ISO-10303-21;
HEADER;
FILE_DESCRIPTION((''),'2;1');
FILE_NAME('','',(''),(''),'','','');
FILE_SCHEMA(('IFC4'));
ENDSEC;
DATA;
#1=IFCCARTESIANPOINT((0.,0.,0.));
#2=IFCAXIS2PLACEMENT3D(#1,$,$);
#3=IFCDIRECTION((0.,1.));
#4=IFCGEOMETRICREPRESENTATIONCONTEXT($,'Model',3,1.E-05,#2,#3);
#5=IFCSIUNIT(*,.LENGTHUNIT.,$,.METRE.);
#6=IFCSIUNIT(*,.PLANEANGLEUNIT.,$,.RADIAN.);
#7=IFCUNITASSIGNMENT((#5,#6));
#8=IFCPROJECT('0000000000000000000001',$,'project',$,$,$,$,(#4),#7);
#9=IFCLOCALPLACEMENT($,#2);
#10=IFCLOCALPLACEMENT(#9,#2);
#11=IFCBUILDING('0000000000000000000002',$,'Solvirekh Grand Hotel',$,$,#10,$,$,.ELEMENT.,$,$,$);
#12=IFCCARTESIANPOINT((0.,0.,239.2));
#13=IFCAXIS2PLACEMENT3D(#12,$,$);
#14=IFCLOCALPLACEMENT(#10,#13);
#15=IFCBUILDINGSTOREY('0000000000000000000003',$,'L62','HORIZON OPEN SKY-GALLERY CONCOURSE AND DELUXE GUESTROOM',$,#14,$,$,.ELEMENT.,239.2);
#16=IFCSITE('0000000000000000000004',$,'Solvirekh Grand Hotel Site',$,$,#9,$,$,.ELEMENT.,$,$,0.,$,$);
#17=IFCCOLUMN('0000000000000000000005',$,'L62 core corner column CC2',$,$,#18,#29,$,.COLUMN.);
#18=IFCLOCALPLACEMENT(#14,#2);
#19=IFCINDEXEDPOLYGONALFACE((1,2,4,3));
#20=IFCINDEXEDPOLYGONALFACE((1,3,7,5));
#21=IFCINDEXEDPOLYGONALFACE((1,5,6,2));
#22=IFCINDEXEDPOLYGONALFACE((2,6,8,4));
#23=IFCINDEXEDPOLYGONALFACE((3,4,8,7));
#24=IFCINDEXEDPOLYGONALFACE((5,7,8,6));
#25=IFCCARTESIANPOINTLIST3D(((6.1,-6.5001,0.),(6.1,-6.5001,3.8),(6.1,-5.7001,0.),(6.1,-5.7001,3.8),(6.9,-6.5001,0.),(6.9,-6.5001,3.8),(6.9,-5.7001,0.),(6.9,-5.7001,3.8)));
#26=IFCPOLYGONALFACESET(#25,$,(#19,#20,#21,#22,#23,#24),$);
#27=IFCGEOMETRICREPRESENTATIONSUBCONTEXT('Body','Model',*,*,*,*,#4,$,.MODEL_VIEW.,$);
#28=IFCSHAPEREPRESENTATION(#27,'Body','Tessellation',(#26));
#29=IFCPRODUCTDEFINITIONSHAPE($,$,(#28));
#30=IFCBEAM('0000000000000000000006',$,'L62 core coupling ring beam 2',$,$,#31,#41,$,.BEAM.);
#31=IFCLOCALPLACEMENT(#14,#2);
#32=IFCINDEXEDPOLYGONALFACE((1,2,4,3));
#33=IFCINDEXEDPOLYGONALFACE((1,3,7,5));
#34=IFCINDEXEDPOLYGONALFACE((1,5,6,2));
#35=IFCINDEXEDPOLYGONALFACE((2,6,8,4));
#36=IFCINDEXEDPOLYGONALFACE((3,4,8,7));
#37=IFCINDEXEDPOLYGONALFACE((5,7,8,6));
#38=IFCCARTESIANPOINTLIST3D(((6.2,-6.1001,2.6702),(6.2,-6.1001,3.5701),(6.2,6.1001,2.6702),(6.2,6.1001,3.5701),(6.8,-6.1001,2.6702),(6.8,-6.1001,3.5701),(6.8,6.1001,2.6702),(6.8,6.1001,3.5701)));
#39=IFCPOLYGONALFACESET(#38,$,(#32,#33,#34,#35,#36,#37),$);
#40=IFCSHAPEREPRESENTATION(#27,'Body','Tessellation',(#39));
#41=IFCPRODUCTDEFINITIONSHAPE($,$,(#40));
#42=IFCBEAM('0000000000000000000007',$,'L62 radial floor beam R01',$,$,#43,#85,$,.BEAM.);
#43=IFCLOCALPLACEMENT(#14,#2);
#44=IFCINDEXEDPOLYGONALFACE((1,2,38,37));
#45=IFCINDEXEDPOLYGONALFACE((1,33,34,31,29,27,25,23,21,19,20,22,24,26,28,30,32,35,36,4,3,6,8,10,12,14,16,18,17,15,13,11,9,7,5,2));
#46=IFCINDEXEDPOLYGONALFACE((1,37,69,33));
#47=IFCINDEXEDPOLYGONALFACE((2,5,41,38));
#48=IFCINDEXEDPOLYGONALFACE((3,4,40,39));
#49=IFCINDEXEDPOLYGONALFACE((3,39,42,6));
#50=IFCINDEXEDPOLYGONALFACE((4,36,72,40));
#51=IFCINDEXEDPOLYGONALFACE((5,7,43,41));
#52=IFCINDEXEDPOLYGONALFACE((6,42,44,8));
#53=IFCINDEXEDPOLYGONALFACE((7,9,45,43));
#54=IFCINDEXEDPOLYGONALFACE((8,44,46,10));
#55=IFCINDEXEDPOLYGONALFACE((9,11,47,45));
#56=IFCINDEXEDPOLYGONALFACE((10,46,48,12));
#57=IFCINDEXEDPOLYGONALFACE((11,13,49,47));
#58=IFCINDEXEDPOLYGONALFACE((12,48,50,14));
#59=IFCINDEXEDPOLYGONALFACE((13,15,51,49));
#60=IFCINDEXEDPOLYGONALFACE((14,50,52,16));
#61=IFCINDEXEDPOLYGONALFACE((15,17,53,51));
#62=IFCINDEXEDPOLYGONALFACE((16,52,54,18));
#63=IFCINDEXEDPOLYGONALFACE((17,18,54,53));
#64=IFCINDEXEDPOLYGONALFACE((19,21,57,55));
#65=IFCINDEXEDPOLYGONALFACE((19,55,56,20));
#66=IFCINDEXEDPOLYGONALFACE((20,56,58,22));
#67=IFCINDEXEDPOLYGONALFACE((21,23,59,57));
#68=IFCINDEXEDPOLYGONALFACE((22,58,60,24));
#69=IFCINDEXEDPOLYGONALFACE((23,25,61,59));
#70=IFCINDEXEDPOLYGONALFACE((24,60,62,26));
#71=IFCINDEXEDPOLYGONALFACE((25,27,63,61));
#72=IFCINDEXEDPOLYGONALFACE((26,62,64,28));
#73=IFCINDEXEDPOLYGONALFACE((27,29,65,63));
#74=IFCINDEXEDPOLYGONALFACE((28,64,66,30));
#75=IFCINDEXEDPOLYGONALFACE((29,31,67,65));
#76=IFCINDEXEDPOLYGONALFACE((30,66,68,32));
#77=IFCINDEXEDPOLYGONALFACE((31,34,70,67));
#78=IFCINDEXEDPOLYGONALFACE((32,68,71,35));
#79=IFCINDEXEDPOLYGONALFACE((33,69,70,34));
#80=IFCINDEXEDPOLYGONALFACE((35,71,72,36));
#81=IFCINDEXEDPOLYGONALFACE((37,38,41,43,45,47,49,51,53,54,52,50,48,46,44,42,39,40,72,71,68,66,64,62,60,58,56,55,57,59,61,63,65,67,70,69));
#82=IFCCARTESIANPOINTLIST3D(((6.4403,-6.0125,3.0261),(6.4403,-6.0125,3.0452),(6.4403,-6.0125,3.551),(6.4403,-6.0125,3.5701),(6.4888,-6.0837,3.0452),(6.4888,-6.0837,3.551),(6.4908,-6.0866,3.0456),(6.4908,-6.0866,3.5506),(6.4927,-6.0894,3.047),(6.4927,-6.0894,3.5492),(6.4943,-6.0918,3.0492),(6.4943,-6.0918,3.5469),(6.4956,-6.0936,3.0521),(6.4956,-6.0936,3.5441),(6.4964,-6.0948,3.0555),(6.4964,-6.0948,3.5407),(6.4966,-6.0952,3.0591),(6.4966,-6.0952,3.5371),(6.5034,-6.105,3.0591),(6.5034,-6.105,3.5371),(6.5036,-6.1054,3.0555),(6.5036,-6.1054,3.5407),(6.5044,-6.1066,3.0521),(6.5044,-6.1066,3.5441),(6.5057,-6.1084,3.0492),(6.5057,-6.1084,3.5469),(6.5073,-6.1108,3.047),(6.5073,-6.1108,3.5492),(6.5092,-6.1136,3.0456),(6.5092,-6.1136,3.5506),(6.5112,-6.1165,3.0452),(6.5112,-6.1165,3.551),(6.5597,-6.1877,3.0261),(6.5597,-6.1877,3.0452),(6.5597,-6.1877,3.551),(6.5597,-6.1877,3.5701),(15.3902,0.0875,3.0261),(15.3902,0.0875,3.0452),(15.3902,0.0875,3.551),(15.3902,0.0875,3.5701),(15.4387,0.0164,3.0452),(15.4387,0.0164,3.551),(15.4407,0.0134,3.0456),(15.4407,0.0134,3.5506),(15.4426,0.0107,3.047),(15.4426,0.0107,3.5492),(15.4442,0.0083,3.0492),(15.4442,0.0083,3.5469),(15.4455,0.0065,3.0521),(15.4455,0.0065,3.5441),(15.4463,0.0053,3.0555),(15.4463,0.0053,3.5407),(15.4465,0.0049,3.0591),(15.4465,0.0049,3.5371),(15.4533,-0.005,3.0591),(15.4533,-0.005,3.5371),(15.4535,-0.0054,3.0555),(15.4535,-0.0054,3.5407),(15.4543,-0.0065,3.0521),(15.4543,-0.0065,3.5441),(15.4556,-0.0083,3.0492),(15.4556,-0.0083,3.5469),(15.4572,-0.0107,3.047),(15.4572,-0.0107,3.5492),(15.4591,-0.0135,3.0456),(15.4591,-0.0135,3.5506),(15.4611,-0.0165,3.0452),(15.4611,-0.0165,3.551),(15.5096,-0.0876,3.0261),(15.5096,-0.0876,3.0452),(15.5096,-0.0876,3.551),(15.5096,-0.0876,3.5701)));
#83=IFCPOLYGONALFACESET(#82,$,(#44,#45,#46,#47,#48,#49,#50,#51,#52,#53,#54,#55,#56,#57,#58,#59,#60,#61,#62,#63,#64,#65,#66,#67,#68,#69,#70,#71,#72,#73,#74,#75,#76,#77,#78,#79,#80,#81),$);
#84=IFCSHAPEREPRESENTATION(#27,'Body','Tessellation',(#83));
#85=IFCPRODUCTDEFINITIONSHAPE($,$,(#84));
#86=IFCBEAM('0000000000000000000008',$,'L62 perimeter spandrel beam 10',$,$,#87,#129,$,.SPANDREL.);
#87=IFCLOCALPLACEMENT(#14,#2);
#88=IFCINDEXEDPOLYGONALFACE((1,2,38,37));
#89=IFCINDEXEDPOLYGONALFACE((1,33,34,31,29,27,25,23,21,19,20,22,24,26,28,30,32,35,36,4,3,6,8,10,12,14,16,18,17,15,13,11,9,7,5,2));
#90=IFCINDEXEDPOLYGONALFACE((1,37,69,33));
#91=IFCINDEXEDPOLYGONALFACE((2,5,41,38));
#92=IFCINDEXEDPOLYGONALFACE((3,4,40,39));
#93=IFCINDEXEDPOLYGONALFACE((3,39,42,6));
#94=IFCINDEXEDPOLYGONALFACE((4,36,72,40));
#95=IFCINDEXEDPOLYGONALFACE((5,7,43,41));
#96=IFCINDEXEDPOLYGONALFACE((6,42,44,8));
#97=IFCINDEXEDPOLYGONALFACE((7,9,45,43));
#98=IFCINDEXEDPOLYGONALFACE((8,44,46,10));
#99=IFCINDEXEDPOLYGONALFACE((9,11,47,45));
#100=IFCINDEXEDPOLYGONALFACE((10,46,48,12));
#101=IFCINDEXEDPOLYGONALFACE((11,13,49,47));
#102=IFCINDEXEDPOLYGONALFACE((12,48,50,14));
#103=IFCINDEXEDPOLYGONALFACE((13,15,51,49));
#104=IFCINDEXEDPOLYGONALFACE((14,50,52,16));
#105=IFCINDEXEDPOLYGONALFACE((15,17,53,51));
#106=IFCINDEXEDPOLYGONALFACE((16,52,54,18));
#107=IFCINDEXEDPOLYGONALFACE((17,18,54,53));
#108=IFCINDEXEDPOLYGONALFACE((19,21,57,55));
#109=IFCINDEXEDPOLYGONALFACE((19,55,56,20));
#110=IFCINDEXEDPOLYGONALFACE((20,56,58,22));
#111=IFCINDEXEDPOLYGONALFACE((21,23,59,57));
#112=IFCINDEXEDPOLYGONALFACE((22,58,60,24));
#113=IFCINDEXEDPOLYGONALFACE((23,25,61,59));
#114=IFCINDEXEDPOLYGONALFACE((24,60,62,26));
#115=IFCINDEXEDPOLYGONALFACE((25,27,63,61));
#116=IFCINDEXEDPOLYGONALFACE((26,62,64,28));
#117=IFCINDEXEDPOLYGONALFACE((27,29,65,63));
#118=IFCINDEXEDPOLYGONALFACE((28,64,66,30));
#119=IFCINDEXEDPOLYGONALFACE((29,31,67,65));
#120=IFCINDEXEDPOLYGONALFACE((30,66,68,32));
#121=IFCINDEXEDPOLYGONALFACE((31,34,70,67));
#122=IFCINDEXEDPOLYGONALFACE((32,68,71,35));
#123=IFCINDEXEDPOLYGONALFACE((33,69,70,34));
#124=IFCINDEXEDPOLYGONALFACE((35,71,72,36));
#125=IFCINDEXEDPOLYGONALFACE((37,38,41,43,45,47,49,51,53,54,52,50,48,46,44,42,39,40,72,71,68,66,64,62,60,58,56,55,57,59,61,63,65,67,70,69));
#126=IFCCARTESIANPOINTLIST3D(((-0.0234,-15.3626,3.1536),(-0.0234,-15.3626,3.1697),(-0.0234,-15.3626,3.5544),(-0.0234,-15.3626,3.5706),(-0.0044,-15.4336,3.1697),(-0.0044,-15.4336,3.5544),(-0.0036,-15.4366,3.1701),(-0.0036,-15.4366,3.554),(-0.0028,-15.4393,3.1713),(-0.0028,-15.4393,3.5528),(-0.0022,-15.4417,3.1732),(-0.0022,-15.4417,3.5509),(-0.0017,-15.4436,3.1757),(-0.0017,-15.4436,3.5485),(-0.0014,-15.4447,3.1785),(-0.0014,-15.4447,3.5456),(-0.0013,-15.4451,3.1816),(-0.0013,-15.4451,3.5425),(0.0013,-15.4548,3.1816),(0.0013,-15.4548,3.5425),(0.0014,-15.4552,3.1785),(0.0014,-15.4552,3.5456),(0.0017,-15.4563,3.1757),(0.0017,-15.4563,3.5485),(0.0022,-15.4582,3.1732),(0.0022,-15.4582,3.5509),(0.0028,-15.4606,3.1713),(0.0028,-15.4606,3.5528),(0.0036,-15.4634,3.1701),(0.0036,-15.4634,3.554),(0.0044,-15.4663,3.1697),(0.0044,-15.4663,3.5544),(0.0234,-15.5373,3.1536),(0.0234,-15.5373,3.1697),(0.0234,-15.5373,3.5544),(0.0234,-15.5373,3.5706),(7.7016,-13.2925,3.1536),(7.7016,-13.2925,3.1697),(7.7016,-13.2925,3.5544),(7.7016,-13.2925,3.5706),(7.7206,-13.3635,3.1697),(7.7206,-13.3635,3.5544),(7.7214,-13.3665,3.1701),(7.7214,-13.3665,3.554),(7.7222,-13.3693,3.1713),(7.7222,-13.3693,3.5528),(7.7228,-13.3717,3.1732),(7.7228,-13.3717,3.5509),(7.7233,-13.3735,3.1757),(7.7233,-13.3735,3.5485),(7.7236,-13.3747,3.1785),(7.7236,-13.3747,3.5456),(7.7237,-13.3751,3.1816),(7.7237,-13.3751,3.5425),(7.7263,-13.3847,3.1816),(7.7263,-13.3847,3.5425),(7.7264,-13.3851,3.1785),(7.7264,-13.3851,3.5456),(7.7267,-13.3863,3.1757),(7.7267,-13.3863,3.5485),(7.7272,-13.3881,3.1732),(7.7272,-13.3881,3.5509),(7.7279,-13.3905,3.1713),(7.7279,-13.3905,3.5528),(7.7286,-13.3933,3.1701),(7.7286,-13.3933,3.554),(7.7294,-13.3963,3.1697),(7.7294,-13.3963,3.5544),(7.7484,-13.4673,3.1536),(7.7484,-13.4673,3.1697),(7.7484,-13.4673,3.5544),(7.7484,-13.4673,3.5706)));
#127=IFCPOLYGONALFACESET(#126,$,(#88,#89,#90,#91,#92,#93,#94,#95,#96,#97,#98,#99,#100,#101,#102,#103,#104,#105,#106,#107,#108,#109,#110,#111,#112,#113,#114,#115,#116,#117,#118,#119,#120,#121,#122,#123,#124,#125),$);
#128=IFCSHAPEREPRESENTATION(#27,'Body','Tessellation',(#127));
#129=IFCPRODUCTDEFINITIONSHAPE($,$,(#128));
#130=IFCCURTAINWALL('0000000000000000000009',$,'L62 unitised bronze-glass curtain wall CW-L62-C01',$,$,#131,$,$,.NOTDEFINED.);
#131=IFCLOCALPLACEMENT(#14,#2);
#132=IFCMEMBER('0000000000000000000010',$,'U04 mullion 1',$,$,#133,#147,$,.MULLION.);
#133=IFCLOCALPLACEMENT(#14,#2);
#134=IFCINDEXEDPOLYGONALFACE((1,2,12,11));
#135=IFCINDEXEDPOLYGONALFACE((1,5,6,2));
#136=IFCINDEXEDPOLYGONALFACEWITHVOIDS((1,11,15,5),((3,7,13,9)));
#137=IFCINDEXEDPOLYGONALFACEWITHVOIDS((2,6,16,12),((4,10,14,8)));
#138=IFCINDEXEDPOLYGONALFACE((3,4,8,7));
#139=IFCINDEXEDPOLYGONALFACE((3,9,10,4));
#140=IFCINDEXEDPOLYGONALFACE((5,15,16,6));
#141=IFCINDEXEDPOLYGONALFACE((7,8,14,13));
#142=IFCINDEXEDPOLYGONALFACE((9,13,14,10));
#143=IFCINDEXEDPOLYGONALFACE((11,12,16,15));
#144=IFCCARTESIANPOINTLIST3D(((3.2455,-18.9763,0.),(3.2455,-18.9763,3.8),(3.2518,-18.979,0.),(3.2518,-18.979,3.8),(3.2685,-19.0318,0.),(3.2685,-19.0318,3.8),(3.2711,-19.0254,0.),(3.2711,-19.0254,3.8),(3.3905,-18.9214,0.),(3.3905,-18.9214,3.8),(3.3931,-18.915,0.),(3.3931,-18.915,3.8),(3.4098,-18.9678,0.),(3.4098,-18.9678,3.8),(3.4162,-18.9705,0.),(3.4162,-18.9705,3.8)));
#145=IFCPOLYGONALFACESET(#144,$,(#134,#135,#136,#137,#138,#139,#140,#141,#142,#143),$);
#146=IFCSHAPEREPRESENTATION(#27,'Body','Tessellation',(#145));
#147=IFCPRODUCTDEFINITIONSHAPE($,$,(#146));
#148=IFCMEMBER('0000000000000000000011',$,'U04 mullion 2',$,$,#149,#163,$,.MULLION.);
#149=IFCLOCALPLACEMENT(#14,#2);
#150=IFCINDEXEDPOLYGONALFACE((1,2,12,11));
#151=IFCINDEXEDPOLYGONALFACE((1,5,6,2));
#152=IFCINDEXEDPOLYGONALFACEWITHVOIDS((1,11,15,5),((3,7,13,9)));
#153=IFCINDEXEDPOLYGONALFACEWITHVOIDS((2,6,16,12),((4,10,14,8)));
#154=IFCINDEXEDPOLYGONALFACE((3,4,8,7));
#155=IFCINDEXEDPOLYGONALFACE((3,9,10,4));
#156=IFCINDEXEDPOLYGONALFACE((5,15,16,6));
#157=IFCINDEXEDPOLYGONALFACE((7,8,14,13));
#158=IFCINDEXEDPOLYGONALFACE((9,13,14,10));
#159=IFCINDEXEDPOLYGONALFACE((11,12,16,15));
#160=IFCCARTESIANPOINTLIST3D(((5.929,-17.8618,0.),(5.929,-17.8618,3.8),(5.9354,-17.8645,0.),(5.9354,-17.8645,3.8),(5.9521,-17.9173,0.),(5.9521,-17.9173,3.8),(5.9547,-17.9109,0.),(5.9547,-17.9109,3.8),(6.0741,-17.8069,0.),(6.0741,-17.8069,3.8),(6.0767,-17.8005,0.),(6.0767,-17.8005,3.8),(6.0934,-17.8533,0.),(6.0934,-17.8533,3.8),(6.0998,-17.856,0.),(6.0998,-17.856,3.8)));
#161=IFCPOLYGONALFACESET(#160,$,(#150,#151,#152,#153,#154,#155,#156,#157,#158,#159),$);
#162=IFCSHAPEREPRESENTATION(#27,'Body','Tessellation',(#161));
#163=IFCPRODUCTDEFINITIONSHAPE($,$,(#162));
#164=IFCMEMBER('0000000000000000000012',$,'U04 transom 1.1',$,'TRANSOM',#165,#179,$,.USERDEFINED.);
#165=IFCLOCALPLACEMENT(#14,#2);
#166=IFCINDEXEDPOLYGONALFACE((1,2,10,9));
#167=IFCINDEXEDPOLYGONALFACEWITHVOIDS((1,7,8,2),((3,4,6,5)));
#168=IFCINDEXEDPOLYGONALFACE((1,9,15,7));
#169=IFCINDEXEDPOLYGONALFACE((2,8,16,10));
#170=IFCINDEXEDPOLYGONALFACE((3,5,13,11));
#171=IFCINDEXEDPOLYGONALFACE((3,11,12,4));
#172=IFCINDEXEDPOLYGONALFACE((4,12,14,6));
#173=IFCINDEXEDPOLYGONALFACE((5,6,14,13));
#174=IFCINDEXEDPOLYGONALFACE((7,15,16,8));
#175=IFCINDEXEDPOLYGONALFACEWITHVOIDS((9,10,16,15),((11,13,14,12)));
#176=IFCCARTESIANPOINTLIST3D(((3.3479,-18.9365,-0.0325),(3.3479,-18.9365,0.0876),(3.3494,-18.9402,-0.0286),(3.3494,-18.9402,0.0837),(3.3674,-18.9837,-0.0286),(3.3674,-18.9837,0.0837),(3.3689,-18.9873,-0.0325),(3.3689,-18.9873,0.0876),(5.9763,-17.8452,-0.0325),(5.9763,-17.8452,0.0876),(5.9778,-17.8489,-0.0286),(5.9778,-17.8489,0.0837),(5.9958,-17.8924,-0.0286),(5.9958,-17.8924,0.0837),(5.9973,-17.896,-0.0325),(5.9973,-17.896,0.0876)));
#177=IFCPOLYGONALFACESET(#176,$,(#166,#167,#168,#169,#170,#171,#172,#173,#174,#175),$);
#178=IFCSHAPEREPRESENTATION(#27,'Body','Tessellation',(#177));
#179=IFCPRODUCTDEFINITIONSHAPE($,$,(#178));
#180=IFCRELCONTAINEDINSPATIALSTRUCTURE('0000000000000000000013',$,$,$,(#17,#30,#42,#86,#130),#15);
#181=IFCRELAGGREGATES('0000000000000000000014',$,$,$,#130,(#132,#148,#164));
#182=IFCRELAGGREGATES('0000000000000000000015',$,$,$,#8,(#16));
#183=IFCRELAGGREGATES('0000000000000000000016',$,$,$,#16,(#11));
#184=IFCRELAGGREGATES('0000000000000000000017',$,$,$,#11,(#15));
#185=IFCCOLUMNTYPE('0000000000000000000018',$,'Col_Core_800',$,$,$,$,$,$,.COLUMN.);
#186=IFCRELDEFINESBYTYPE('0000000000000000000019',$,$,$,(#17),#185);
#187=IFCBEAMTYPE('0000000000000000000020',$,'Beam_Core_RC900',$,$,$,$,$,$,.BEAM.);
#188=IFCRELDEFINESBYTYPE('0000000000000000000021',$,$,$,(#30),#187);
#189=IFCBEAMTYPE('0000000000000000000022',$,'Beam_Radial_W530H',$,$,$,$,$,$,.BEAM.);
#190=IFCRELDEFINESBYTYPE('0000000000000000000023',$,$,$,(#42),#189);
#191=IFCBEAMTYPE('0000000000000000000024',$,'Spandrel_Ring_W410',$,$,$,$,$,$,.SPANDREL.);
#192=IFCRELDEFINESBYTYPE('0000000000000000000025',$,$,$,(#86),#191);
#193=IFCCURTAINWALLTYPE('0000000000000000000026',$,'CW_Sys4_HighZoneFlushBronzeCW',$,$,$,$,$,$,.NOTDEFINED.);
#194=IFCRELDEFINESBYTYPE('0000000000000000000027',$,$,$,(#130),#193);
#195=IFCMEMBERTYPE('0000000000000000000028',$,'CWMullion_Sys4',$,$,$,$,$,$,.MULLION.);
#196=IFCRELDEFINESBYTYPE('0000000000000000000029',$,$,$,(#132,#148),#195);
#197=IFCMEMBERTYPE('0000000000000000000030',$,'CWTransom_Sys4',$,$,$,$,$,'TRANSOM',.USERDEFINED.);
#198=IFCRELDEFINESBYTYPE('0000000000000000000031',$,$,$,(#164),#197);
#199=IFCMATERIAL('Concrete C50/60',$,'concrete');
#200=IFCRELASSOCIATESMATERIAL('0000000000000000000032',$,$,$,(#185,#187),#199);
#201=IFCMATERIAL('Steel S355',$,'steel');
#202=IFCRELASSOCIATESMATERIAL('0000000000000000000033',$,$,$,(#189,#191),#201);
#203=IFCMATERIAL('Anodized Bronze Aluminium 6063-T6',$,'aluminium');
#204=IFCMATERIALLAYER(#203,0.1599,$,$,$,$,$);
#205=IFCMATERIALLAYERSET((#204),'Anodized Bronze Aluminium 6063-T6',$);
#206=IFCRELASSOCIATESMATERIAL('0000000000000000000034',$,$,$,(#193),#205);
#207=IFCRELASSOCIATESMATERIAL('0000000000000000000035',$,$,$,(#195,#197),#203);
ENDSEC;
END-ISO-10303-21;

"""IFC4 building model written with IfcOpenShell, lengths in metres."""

from ifc_helpers import new_model, si_unit, direction, frame, origin, origin_2d, place, context, subcontext, project, spatial, rectangle, hollow_rectangle, i_section, extrude, source, transform, mapped, material, layer, layer_set, material_profile, profile_set, type_object, element, aggregate, save


model = new_model("IFC4")

# Units and contexts
model_context = context("Model", 3, precision=1e-05, world=origin(), true_north=direction((0.0, 1.0)))
body_context = subcontext(model_context, "Body", "Model", "MODEL_VIEW")
ifc_project = project(units=[si_unit("LENGTHUNIT", "METRE"), si_unit("PLANEANGLEUNIT", "RADIAN")], contexts=[model_context])

# Site, building, storey
site_placement = place(None, origin())
site = spatial("IfcSite", under=ifc_project, at=site_placement, Name="Solvirekh Grand Hotel Site", CompositionType="ELEMENT", RefElevation=0.0)
building_placement = place(site_placement, origin())
building = spatial("IfcBuilding", under=site, at=building_placement, Name="Solvirekh Grand Hotel", CompositionType="ELEMENT")
storey_placement = place(building_placement, frame((0.0, 0.0, 239.2)))
storey = spatial("IfcBuildingStorey", under=building, at=storey_placement, Name="L62", Description="HORIZON OPEN SKY-GALLERY CONCOURSE AND DELUXE GUESTROOM", CompositionType="ELEMENT", Elevation=239.2)

# Column
ifc_material_1 = material(Name="Concrete C50/60", Category="concrete")
ifc_material_profile_1 = material_profile(ifc_material_1, rectangle(XDim=0.8, YDim=0.8, at=origin_2d()), Name="RC 800X800")
ifc_profile_set_1 = profile_set([ifc_material_profile_1], Name="Concrete C50/60")
column_type = type_object("IfcColumnType", Name="Col_Core_800", PredefinedType="COLUMN", material=ifc_profile_set_1)
column_placement = place(storey_placement, frame((6.5, -6.1001, 0.0), z_axis=(0.0, 0.0, 1.0), x_axis=(1.0, 0.0, 0.0)))
element("IfcColumn", 1, at=column_placement, inside=storey, type_object=column_type, Name="L62 core corner column CC2", PredefinedType="COLUMN", context=body_context, shape_type="SweptSolid", body=[
    extrude(rectangle(XDim=0.8, YDim=0.8, at=origin_2d()), origin(), (0.0, 0.0, 1.0), 3.8),
])

# Beams
ifc_material_profile_2 = material_profile(ifc_material_1, rectangle(XDim=0.6001, YDim=0.8999, at=origin_2d()), Name="RC BEAM 600X900")
ifc_profile_set_2 = profile_set([ifc_material_profile_2], Name="Concrete C50/60")
beam_type_1 = type_object("IfcBeamType", Name="Beam_Core_RC900", PredefinedType="BEAM", material=ifc_profile_set_2)
beam_1_placement = place(storey_placement, frame((6.5, -6.1001, 3.1201), z_axis=(0.0, 1.0, 0.0), x_axis=(-1.0, 0.0, 0.0)))
element("IfcBeam", 2, at=beam_1_placement, inside=storey, type_object=beam_type_1, Name="L62 core coupling ring beam 2", PredefinedType="BEAM", context=body_context, shape_type="SweptSolid", body=[
    extrude(rectangle(XDim=0.6001, YDim=0.8999, at=origin_2d()), origin(), (0.0, 0.0, 1.0), 12.2002),
])
ifc_material_2 = material(Name="Steel S355", Category="steel")
ifc_material_profile_3 = material_profile(ifc_material_2, i_section(OverallWidth=0.2119, OverallDepth=0.5439, WebThickness=0.012, FlangeThickness=0.019, FilletRadius=0.0139, at=origin_2d()), Name="W530X123")
ifc_profile_set_3 = profile_set([ifc_material_profile_3], Name="Steel S355")
beam_type_2 = type_object("IfcBeamType", Name="Beam_Radial_W530H", PredefinedType="BEAM", material=ifc_profile_set_3)
beam_2_placement = place(storey_placement, frame((6.5, -6.1001, 3.2981), z_axis=(0.826319, 0.563202, 0.0), x_axis=(-0.563202, 0.826319, 0.0)))
element("IfcBeam", 3, at=beam_2_placement, inside=storey, type_object=beam_type_2, Name="L62 radial floor beam R01", PredefinedType="BEAM", context=body_context, shape_type="SweptSolid", body=[
    extrude(i_section(OverallWidth=0.2119, OverallDepth=0.5439, WebThickness=0.012, FlangeThickness=0.019, FilletRadius=0.0139, at=origin_2d()), origin(), (0.0, 0.0, 1.0), 10.8311),
])
ifc_material_profile_4 = material_profile(ifc_material_2, i_section(OverallWidth=0.1809, OverallDepth=0.417, WebThickness=0.01, FlangeThickness=0.0161, FilletRadius=0.012, at=origin_2d()), Name="W410X85")
ifc_profile_set_4 = profile_set([ifc_material_profile_4], Name="Steel S355")
beam_type_3 = type_object("IfcBeamType", Name="Spandrel_Ring_W410", PredefinedType="SPANDREL", material=ifc_profile_set_4)
beam_3_placement = place(storey_placement, frame((0.0, -15.45, 3.3621), z_axis=(0.965922, 0.258835, 0.0), x_axis=(-0.258835, 0.965922, 0.0)))
element("IfcBeam", 4, at=beam_3_placement, inside=storey, type_object=beam_type_3, Name="L62 perimeter spandrel beam 10", PredefinedType="SPANDREL", context=body_context, shape_type="SweptSolid", body=[
    extrude(i_section(OverallWidth=0.1809, OverallDepth=0.417, WebThickness=0.01, FlangeThickness=0.0161, FilletRadius=0.012, at=origin_2d()), origin(), (0.0, 0.0, 1.0), 7.9976),
])

# Curtain wall, members
ifc_material_3 = material(Name="Anodized Bronze Aluminium 6063-T6", Category="aluminium")
ifc_layer_1 = layer(ifc_material_3, 0.1599)
ifc_layer_set_1 = layer_set([ifc_layer_1], Name="Anodized Bronze Aluminium 6063-T6")
curtain_wall_type = type_object("IfcCurtainWallType", Name="CW_Sys4_HighZoneFlushBronzeCW", PredefinedType="NOTDEFINED", material=ifc_layer_set_1)
curtain_wall_placement = place(storey_placement, origin())
curtain_wall = element("IfcCurtainWall", 5, at=curtain_wall_placement, inside=storey, type_object=curtain_wall_type, Name="L62 unitised bronze-glass curtain wall CW-L62-C01", PredefinedType="NOTDEFINED")
ifc_material_profile_5 = material_profile(ifc_material_3, hollow_rectangle(XDim=0.0601, YDim=0.1599, WallThickness=0.0049, at=origin_2d()), Name="ALU RHS 160X60X5")
ifc_profile_set_5 = profile_set([ifc_material_profile_5], Name="Anodized Bronze Aluminium 6063-T6")
member_type_1 = type_object("IfcMemberType", Name="CWMullion_Sys4", PredefinedType="MULLION", material=ifc_profile_set_5)
shared_shape_1 = source(origin(), body_context, "Body", "SweptSolid", [
    extrude(hollow_rectangle(XDim=0.0601, YDim=0.1599, WallThickness=0.0049, at=origin_2d()), origin(), (0.0, 0.0, 1.0), 3.8),
])
member_1_placement = place(storey_placement, frame((3.3308, -18.9734, 0.0), z_axis=(0.0, 0.0, 1.0), x_axis=(-0.383515, 0.923535, 0.0)))
member_1 = element("IfcMember", 6, at=member_1_placement, type_object=member_type_1, Name="U04 mullion 1", PredefinedType="MULLION", context=body_context, shape_type="MappedRepresentation", body=[
    mapped(shared_shape_1, transform((0.0, 0.0, 0.0), x_axis=(1.0, 0.0, 0.0), y_axis=(0.0, 1.0, 0.0), z_axis=(0.0, 0.0, 1.0), scale=1.0)),
])
member_2_placement = place(storey_placement, frame((6.0144, -17.8589, 0.0), z_axis=(0.0, 0.0, 1.0), x_axis=(-0.383515, 0.923535, 0.0)))
member_2 = element("IfcMember", 7, at=member_2_placement, type_object=member_type_1, Name="U04 mullion 2", PredefinedType="MULLION", context=body_context, shape_type="MappedRepresentation", body=[
    mapped(shared_shape_1, transform((0.0, 0.0, 0.0), x_axis=(1.0, 0.0, 0.0), y_axis=(0.0, 1.0, 0.0), z_axis=(0.0, 0.0, 1.0), scale=1.0)),
])
ifc_material_profile_6 = material_profile(ifc_material_3, hollow_rectangle(XDim=0.0549, YDim=0.1201, WallThickness=0.0039, at=origin_2d()), Name="ALU RHS 120X55X4")
ifc_profile_set_6 = profile_set([ifc_material_profile_6], Name="Anodized Bronze Aluminium 6063-T6")
member_type_2 = type_object("IfcMemberType", Name="CWTransom_Sys4", ElementType="TRANSOM", PredefinedType="USERDEFINED", material=ifc_profile_set_6)
shared_shape_2 = source(origin(), body_context, "Body", "SweptSolid", [
    extrude(hollow_rectangle(XDim=0.0549, YDim=0.1201, WallThickness=0.0039, at=origin_2d()), origin(), (0.0, 0.0, 1.0), 2.8459),
])
member_3_placement = place(storey_placement, frame((3.3584, -18.9619, 0.0276), z_axis=(0.923558, 0.383458, 0.0), x_axis=(-0.383458, 0.923558, 0.0)))
member_3 = element("IfcMember", 8, at=member_3_placement, type_object=member_type_2, Name="U04 transom 1.1", ObjectType="TRANSOM", PredefinedType="USERDEFINED", context=body_context, shape_type="MappedRepresentation", body=[
    mapped(shared_shape_2, transform((0.0, 0.0, 0.0), x_axis=(1.0, 0.0, 0.0), y_axis=(0.0, 1.0, 0.0), z_axis=(0.0, 0.0, 1.0), scale=1.0)),
])

aggregate(curtain_wall, [member_1, member_2, member_3])

save(model, "model.ifc")
